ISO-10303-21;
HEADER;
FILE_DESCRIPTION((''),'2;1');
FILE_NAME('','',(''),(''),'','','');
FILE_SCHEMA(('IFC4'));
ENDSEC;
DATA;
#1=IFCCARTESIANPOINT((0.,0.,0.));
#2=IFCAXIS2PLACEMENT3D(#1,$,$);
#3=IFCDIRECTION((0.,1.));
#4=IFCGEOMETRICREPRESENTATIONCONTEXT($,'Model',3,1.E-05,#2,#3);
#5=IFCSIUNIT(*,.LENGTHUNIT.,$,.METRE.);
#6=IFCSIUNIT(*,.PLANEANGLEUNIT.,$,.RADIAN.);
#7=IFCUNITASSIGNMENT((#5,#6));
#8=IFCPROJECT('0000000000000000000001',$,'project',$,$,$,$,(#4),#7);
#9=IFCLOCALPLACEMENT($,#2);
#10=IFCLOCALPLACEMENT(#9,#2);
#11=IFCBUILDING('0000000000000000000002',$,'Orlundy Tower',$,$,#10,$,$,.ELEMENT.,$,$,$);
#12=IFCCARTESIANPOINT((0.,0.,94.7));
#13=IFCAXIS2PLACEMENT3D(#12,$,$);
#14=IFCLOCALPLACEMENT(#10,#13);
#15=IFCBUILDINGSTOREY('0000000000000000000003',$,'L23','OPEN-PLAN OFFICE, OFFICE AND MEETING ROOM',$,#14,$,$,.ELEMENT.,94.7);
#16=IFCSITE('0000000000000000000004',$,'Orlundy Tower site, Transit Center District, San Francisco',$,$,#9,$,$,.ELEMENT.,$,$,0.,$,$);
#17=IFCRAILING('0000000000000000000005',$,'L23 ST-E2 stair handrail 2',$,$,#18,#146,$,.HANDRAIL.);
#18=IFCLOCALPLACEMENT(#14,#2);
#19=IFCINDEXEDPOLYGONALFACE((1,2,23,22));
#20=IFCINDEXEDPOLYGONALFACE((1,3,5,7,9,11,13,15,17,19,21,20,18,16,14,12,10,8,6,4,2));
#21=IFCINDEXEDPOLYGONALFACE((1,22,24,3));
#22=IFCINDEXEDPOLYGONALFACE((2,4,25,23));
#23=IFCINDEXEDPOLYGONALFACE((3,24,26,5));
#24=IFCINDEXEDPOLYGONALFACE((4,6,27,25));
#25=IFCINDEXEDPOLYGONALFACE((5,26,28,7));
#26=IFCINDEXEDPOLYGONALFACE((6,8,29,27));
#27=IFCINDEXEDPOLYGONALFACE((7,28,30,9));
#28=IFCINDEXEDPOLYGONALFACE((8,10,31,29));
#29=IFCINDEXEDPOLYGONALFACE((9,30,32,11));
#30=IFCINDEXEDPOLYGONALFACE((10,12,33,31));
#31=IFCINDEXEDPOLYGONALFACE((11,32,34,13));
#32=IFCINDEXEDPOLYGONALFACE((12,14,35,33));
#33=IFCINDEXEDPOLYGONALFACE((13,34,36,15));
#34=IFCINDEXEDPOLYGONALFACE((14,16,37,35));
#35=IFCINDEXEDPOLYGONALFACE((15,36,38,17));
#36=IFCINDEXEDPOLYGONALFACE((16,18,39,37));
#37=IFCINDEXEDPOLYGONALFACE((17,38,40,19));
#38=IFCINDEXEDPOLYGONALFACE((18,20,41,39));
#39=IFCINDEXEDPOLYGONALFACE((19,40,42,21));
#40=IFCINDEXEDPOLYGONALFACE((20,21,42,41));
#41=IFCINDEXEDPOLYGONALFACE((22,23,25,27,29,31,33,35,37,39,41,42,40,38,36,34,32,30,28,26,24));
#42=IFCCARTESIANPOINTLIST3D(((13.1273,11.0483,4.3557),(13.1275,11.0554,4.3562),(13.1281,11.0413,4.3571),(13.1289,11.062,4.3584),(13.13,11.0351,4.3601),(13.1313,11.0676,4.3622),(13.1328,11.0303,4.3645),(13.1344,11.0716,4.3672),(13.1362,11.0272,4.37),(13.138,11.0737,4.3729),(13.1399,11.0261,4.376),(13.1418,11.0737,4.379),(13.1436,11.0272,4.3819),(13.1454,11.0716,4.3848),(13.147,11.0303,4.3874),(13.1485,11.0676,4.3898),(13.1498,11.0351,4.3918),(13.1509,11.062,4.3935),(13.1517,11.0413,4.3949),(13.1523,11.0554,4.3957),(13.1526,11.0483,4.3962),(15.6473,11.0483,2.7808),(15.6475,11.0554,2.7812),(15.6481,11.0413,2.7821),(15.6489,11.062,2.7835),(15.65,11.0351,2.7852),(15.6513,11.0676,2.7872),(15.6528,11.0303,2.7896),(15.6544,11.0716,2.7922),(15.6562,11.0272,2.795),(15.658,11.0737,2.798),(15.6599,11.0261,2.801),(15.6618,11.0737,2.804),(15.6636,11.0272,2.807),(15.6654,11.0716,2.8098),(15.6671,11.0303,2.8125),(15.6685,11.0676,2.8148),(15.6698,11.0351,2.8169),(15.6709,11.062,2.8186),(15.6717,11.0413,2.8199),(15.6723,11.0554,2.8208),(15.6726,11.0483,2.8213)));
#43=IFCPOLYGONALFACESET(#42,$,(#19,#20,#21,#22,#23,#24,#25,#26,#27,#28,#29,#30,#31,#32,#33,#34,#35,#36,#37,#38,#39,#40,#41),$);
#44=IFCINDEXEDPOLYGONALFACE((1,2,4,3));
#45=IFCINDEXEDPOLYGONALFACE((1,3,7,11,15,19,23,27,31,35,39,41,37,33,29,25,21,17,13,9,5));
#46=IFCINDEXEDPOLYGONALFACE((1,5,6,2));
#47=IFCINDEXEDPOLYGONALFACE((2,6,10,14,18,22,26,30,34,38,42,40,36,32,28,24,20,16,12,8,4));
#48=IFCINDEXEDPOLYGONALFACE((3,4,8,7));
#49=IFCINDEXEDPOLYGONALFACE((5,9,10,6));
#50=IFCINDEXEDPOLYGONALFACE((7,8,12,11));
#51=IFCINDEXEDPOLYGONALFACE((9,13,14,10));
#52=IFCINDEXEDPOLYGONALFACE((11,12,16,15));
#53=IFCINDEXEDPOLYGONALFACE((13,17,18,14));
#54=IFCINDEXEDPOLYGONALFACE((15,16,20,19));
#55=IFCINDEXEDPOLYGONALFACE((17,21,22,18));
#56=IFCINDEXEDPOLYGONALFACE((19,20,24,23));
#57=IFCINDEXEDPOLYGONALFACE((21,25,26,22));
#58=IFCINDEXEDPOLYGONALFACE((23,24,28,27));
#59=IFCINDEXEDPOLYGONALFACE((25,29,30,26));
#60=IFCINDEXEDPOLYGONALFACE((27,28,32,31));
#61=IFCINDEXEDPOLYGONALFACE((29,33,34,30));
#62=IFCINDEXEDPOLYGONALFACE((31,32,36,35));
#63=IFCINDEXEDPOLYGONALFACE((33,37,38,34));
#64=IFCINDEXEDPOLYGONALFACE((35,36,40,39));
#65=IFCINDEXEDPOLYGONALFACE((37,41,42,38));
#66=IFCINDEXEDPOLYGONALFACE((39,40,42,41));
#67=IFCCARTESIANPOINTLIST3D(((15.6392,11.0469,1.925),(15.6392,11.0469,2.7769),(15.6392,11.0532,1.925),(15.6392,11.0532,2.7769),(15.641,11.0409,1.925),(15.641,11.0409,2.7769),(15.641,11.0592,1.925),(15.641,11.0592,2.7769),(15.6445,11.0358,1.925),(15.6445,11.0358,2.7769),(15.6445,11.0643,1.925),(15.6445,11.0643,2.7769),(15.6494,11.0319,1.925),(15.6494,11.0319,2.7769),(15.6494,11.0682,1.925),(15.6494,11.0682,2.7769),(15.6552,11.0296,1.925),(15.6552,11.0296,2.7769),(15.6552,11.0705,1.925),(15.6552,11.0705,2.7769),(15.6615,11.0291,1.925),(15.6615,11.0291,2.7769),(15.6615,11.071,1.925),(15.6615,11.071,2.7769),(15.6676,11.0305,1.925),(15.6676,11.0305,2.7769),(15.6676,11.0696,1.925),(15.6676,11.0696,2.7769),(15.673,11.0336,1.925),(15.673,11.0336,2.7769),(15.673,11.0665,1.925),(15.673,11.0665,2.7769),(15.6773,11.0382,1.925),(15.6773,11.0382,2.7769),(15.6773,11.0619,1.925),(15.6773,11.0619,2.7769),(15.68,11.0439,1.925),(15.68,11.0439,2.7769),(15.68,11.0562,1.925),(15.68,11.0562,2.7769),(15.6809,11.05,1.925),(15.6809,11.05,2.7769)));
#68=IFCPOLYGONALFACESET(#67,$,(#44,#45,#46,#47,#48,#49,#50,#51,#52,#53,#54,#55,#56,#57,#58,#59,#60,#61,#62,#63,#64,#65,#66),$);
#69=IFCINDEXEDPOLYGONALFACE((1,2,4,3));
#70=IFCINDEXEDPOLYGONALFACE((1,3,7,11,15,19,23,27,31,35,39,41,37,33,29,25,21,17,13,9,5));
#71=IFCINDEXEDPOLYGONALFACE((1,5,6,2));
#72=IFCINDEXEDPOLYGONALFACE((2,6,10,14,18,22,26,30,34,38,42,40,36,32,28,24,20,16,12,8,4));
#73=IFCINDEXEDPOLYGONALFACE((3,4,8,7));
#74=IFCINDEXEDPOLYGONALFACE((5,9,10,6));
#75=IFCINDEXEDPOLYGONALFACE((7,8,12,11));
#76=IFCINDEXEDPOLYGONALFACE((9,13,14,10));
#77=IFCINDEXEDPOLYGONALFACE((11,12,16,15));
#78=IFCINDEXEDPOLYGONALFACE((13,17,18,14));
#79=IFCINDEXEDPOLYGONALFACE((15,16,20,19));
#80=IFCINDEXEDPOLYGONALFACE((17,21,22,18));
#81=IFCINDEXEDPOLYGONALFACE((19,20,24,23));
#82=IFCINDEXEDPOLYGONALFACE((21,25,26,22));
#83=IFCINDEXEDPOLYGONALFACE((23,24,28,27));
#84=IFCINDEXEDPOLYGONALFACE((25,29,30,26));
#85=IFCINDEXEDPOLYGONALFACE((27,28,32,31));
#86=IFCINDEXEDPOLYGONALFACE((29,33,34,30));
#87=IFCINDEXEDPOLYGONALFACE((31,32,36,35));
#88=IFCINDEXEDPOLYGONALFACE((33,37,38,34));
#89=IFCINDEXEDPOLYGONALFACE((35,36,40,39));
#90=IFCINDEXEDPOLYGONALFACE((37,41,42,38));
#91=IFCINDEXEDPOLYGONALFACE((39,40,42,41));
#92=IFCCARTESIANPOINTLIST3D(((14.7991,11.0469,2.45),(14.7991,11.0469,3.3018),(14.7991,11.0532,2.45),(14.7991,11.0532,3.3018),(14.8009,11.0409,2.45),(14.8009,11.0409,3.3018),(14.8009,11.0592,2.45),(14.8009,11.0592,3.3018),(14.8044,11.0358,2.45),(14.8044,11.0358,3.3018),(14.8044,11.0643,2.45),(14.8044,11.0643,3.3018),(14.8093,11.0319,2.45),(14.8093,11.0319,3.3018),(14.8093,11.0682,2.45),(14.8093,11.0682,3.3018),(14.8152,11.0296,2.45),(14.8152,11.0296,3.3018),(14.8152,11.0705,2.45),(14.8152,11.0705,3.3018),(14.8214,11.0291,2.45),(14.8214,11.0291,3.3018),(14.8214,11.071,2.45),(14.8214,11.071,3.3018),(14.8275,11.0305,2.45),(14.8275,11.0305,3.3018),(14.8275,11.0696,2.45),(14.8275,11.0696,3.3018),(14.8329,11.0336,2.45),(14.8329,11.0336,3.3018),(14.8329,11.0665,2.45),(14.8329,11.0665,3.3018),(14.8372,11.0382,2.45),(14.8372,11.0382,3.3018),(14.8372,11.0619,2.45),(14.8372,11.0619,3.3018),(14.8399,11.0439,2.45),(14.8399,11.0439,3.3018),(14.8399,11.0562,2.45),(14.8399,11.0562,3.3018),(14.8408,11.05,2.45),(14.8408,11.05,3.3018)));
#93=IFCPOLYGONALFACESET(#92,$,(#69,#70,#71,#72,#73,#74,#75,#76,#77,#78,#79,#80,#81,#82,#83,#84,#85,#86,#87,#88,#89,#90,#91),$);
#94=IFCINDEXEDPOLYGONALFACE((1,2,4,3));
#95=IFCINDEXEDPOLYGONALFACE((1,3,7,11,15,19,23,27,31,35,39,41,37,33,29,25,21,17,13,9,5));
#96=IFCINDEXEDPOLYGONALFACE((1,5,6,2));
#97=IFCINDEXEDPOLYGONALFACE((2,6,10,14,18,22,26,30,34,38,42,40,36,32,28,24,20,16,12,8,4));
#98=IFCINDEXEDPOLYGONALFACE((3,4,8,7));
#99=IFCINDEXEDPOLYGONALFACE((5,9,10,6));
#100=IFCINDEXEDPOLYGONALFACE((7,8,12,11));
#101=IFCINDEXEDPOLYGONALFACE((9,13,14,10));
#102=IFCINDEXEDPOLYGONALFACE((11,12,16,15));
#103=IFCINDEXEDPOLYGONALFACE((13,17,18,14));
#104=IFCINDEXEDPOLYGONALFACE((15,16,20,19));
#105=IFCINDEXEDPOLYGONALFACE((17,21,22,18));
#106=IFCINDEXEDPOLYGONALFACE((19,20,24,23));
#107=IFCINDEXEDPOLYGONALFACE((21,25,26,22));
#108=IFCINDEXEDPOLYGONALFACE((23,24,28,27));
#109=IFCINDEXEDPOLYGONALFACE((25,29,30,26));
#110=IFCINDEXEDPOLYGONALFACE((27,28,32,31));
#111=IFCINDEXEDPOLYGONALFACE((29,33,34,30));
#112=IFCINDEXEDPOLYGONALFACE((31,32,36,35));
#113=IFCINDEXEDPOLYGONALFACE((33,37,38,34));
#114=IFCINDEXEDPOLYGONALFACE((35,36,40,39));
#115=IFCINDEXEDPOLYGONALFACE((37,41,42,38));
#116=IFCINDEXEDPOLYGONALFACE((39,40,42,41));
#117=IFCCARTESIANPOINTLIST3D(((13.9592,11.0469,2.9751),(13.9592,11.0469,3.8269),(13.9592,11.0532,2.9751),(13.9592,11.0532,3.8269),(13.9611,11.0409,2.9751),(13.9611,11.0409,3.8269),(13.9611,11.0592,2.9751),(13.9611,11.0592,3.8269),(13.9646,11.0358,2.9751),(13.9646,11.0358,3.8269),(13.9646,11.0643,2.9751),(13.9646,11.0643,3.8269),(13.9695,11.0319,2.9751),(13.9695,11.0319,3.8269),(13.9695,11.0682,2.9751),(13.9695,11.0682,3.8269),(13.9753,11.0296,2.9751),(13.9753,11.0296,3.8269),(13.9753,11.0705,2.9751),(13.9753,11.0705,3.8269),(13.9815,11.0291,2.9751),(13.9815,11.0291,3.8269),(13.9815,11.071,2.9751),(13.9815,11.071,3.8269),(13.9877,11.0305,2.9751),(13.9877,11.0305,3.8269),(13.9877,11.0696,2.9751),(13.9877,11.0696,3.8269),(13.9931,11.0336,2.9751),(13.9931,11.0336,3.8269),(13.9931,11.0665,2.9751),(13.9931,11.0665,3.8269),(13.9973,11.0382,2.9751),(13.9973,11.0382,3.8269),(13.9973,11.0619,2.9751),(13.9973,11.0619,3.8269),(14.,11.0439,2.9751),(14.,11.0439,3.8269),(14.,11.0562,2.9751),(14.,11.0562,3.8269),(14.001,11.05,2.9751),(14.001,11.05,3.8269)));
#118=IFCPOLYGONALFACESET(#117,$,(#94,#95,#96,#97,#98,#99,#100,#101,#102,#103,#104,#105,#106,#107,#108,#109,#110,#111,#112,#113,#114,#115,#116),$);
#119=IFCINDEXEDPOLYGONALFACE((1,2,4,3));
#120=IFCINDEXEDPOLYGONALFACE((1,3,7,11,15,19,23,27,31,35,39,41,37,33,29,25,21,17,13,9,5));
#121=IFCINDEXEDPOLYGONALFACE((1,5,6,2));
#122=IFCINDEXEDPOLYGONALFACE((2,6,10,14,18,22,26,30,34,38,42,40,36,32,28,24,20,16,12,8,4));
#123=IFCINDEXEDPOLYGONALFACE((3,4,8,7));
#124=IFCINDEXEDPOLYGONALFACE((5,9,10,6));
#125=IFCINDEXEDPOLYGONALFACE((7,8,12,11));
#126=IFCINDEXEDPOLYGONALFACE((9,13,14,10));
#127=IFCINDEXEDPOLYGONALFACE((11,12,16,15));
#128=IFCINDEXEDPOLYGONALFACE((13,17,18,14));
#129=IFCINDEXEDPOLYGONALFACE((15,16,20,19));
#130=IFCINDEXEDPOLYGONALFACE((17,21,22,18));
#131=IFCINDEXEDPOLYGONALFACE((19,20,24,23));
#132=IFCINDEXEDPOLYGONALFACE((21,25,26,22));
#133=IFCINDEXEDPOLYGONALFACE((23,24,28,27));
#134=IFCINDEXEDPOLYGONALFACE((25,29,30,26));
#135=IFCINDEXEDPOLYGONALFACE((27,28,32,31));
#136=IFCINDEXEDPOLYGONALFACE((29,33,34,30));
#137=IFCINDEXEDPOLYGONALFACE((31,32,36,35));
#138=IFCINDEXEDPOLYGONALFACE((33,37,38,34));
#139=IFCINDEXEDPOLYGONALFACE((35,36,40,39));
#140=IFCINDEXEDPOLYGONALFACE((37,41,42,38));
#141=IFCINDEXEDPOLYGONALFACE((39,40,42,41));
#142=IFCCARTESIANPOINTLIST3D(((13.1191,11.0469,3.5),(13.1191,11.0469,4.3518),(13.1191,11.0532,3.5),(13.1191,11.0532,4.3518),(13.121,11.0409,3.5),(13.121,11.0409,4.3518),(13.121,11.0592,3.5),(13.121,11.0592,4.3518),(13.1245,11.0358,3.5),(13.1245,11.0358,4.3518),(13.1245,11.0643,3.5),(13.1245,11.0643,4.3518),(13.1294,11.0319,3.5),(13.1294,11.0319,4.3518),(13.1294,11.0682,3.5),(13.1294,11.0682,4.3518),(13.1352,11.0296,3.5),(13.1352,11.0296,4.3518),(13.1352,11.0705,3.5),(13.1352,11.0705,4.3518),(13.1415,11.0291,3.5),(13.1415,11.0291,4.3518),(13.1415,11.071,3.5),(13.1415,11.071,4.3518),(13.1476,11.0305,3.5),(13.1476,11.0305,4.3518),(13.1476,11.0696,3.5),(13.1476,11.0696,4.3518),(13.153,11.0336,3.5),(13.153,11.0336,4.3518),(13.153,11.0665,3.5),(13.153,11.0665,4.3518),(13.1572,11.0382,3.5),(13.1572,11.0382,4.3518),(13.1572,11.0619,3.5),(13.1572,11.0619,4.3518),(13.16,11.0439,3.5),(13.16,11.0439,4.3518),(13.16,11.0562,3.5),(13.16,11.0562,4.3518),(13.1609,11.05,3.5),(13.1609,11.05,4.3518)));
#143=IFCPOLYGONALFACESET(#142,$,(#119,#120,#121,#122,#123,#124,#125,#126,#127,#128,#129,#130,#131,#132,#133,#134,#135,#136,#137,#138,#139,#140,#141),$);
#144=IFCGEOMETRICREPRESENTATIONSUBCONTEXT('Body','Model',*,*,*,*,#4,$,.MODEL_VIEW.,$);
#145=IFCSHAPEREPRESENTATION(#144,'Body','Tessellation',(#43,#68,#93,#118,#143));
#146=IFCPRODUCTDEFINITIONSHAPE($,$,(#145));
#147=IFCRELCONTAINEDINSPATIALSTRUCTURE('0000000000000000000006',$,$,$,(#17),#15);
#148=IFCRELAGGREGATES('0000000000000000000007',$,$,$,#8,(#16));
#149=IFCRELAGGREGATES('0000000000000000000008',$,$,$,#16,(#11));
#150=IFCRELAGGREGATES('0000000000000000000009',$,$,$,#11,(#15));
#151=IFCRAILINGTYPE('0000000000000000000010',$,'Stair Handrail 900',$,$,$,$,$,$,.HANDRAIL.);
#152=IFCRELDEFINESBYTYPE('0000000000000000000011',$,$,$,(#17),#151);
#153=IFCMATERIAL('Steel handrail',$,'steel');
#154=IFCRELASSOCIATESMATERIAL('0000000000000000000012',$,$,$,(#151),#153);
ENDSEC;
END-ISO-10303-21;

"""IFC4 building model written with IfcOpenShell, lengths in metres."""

from ifc_helpers import new_model, si_unit, direction, frame, origin, origin_2d, place, context, subcontext, project, spatial, circle, extrude, material, type_object, element, save


model = new_model("IFC4")

# Units and contexts
model_context = context("Model", 3, precision=1e-05, world=origin(), true_north=direction((0.0, 1.0)))
body_context = subcontext(model_context, "Body", "Model", "MODEL_VIEW")
ifc_project = project(units=[si_unit("LENGTHUNIT", "METRE"), si_unit("PLANEANGLEUNIT", "RADIAN")], contexts=[model_context])

# Site, building, storey
site_placement = place(None, origin())
site = spatial("IfcSite", under=ifc_project, at=site_placement, Name="Orlundy Tower site, Transit Center District, San Francisco", CompositionType="ELEMENT", RefElevation=0.0)
building_placement = place(site_placement, origin())
building = spatial("IfcBuilding", under=site, at=building_placement, Name="Orlundy Tower", CompositionType="ELEMENT")
storey_placement = place(building_placement, frame((0.0, 0.0, 94.7)))
storey = spatial("IfcBuildingStorey", under=building, at=storey_placement, Name="L23", Description="OPEN-PLAN OFFICE, OFFICE AND MEETING ROOM", CompositionType="ELEMENT", Elevation=94.7)

# Railing
ifc_material_1 = material(Name="Steel handrail", Category="steel")
railing_type_1 = type_object("IfcRailingType", Name="Stair Handrail 900", PredefinedType="HANDRAIL", material=ifc_material_1)
railing_1_placement = place(storey_placement, frame((15.6599, 11.05, 1.925)))
element("IfcRailing", 1, at=railing_1_placement, inside=storey, type_object=railing_type_1, Name="L23 ST-E2 stair handrail 2", PredefinedType="HANDRAIL", context=body_context, shape_type="SweptSolid", body=[
    extrude(circle(Radius=0.0239, at=origin_2d()), frame((0.0, 0.0, 0.876), z_axis=(-0.848008, 0.0, 0.529984), x_axis=(0.0, -1.0, 0.0)), (0.0, 0.0, 1.0), 2.9717),
    extrude(circle(Radius=0.021, at=origin_2d()), origin(), (0.0, 0.0, 1.0), 0.8518),
    extrude(circle(Radius=0.021, at=origin_2d()), frame((-0.8401, 0.0, 0.5249)), (0.0, 0.0, 1.0), 0.8518),
    extrude(circle(Radius=0.021, at=origin_2d()), frame((-1.6799, 0.0, 1.05)), (0.0, 0.0, 1.0), 0.8518),
    extrude(circle(Radius=0.021, at=origin_2d()), frame((-2.52, 0.0, 1.575)), (0.0, 0.0, 1.0), 0.8518),
])

save(model, "model.ifc")
